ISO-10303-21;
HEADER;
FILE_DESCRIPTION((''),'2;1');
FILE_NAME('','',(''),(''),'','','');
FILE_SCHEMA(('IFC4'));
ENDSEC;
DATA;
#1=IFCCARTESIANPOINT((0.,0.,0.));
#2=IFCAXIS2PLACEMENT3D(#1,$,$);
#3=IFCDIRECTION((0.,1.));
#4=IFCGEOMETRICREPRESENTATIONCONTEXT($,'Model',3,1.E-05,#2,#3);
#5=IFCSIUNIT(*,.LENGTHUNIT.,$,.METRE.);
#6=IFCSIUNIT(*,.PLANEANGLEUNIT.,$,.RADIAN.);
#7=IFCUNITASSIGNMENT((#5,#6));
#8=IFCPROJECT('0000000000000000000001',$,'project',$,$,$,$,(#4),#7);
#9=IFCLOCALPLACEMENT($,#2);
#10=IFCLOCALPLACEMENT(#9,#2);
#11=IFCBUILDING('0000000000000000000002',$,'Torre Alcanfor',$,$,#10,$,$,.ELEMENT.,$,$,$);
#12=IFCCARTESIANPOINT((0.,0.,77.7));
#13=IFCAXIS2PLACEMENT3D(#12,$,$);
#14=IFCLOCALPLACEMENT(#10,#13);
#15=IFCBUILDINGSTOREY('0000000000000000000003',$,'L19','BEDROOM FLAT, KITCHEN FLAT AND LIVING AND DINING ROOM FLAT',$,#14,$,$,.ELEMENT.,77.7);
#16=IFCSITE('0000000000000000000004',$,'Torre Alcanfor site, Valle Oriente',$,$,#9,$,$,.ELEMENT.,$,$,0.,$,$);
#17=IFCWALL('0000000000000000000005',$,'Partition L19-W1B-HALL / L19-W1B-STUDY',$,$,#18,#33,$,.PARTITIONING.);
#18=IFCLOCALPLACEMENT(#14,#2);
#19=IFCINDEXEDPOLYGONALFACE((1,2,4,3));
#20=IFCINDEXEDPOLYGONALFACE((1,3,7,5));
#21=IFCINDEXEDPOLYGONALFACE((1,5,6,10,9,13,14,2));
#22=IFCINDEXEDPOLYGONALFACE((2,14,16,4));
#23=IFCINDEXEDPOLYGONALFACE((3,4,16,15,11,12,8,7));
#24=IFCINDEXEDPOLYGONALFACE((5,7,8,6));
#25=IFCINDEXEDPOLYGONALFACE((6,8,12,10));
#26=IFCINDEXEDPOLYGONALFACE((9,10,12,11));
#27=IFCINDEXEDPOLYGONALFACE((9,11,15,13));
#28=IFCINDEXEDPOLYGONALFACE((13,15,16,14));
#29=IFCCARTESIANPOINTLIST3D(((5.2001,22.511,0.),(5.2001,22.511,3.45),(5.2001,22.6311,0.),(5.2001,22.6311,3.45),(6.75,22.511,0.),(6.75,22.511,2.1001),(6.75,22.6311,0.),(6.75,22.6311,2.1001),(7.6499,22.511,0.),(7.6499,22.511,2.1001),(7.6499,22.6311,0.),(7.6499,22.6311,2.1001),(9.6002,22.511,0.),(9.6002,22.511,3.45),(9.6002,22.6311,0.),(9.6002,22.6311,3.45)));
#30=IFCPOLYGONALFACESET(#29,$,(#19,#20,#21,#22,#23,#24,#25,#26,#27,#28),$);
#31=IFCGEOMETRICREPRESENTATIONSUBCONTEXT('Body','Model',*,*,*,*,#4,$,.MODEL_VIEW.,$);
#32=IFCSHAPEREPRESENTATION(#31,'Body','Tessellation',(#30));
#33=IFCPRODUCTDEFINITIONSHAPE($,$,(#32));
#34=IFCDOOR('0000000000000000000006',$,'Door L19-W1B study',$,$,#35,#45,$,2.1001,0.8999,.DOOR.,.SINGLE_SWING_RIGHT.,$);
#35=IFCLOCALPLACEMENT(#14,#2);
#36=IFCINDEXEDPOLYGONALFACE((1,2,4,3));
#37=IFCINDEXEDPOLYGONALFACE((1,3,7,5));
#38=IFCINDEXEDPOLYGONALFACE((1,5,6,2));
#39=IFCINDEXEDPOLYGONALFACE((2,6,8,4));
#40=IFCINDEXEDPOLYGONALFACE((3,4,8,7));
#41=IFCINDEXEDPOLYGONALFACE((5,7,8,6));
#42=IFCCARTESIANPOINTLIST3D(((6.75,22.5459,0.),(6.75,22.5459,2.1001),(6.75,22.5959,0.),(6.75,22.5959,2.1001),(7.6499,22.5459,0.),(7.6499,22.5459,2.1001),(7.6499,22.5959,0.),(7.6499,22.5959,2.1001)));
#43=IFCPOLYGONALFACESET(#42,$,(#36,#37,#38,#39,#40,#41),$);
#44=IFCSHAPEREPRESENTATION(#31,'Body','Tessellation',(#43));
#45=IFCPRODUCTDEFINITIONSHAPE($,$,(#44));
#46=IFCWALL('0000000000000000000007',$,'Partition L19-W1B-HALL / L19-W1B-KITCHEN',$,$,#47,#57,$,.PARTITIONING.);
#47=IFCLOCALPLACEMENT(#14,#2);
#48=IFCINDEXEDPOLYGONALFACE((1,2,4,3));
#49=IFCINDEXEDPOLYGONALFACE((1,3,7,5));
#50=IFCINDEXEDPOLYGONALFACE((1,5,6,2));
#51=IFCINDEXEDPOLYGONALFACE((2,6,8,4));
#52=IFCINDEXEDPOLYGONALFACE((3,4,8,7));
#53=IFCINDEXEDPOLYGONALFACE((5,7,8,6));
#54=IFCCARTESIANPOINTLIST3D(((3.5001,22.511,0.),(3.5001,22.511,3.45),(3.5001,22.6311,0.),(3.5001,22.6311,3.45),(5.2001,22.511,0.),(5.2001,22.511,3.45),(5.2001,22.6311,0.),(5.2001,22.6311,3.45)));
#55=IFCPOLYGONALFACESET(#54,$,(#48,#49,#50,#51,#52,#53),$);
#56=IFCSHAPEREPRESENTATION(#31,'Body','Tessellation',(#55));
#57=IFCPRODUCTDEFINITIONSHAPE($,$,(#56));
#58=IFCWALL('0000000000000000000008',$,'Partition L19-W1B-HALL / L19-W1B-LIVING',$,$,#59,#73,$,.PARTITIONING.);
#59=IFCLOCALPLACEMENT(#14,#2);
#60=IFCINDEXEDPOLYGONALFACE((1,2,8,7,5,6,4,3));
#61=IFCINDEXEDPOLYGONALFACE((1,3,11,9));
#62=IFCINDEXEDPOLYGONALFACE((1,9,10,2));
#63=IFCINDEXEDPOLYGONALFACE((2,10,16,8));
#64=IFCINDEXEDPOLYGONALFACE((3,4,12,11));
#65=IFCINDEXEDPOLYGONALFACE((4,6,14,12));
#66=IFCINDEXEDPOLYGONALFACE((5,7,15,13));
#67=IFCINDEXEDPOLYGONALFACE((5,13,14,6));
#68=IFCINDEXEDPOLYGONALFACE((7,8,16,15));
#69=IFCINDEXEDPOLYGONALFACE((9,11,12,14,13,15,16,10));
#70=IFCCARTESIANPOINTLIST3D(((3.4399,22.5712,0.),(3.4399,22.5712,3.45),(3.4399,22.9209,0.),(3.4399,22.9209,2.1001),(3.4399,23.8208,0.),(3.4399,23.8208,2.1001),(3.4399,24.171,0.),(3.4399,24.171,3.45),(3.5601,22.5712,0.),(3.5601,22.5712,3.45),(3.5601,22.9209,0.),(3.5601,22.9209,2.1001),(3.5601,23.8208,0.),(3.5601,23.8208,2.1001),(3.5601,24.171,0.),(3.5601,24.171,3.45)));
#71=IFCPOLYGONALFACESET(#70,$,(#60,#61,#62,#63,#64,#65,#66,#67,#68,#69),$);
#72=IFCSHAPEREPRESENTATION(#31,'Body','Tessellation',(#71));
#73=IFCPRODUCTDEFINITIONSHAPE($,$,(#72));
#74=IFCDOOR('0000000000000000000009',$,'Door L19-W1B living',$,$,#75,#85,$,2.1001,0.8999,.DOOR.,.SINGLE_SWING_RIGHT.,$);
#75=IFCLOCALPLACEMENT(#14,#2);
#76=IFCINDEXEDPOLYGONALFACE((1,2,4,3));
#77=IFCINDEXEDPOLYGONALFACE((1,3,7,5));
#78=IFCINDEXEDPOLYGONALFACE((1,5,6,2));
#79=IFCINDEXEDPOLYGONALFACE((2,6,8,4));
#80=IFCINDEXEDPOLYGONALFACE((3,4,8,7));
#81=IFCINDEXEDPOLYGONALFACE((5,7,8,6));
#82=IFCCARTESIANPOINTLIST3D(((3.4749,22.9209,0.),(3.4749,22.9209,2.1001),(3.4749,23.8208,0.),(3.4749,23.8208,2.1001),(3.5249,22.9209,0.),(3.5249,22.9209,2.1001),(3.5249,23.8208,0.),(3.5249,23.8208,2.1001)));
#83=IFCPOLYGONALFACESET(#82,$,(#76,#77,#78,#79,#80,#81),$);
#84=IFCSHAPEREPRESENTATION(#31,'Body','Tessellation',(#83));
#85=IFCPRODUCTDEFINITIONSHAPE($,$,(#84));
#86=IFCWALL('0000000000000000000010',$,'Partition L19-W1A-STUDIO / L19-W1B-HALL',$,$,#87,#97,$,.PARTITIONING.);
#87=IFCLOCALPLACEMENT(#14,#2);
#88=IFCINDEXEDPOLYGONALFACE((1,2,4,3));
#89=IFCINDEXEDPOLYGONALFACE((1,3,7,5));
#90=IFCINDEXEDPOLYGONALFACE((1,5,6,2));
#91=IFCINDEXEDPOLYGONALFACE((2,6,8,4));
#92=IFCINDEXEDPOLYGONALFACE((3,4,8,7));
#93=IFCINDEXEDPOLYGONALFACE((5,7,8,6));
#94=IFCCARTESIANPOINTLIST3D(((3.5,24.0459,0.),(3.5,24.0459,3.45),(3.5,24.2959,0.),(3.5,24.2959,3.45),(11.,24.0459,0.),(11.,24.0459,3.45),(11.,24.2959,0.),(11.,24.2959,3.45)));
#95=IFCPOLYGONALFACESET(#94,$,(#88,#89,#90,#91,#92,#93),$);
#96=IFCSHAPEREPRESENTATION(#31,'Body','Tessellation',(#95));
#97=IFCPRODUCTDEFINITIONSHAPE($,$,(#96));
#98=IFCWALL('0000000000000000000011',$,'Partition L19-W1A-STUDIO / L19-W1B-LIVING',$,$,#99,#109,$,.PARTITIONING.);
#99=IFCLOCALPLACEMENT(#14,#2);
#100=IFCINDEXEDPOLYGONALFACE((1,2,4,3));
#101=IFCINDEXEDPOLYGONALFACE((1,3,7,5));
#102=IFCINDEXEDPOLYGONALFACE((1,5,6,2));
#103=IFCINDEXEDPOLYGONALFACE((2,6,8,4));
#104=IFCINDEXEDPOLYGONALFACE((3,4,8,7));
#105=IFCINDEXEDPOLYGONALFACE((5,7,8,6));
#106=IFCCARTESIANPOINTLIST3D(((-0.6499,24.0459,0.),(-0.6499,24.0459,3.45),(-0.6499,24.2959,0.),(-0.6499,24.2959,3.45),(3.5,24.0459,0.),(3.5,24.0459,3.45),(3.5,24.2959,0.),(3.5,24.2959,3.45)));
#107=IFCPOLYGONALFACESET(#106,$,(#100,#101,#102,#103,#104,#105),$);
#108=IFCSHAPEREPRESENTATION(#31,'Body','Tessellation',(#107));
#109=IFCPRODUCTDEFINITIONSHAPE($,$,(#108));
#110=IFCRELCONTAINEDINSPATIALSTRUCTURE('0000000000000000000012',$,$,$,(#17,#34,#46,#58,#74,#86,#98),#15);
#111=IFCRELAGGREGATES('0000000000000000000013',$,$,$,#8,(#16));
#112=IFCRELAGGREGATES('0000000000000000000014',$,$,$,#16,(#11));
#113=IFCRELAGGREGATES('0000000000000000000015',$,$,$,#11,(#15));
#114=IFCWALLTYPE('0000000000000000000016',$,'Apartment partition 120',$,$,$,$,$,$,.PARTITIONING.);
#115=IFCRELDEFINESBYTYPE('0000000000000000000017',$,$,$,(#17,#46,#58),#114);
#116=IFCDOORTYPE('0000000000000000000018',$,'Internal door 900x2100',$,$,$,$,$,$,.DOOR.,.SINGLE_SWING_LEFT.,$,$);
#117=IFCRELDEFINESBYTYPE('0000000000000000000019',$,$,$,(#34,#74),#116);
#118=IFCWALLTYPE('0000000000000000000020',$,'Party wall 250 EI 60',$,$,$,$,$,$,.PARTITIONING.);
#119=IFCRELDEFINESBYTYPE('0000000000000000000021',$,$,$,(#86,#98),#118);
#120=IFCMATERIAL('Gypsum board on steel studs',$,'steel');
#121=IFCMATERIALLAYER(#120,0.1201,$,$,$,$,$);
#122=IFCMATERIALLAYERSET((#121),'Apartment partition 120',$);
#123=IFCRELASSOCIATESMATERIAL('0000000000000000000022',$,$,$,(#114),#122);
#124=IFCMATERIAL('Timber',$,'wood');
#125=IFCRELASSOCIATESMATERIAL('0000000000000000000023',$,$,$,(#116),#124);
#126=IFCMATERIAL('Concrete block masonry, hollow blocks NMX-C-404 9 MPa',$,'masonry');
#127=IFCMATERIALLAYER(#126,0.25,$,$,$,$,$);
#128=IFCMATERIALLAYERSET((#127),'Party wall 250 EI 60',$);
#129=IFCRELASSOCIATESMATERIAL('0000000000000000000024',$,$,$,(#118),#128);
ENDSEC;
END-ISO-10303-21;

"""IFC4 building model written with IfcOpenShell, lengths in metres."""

from ifc_helpers import new_model, si_unit, direction, frame, frame_2d, origin, place, context, subcontext, project, spatial, rectangle, extrude, material, layer, layer_set, type_object, element, fill, save


model = new_model("IFC4")

# Units and contexts
model_context = context("Model", 3, precision=1e-05, world=origin(), true_north=direction((0.0, 1.0)))
body_context = subcontext(model_context, "Body", "Model", "MODEL_VIEW")
ifc_project = project(units=[si_unit("LENGTHUNIT", "METRE"), si_unit("PLANEANGLEUNIT", "RADIAN")], contexts=[model_context])

# Site, building, storey
site_placement = place(None, origin())
site = spatial("IfcSite", under=ifc_project, at=site_placement, Name="Torre Alcanfor site, Valle Oriente", CompositionType="ELEMENT", RefElevation=0.0)
building_placement = place(site_placement, origin())
building = spatial("IfcBuilding", under=site, at=building_placement, Name="Torre Alcanfor", CompositionType="ELEMENT")
storey_placement = place(building_placement, frame((0.0, 0.0, 77.7)))
storey = spatial("IfcBuildingStorey", under=building, at=storey_placement, Name="L19", Description="BEDROOM FLAT, KITCHEN FLAT AND LIVING AND DINING ROOM FLAT", CompositionType="ELEMENT", Elevation=77.7)

# Wall, opening, door
ifc_material_1 = material(Name="Gypsum board on steel studs", Category="steel")
ifc_layer_1 = layer(ifc_material_1, 0.1201)
ifc_layer_set_1 = layer_set([ifc_layer_1], Name="Apartment partition 120")
wall_type_1 = type_object("IfcWallType", Name="Apartment partition 120", PredefinedType="PARTITIONING", material=ifc_layer_set_1)
wall_1_placement = place(storey_placement, frame((5.2, 22.571, 0.0), z_axis=(0.0, 0.0, 1.0), x_axis=(1.0, 0.0, 0.0)))
wall_1 = element("IfcWall", 1, at=wall_1_placement, inside=storey, type_object=wall_type_1, Name="Partition L19-W1B-HALL / L19-W1B-STUDY", PredefinedType="PARTITIONING", context=body_context, shape_type="SweptSolid", body=[
    extrude(rectangle(XDim=4.4001, YDim=0.1201, at=frame_2d((2.2002, 0.0))), origin(), (0.0, 0.0, 1.0), 3.45),
])
opening_1_placement = place(wall_1_placement, frame((1.55, 0.0, 0.0)))
opening_1 = element("IfcOpeningElement", 2, at=opening_1_placement, cuts=wall_1, PredefinedType="OPENING", context=body_context, shape_type="SweptSolid", body=[
    extrude(rectangle(XDim=0.8999, YDim=2.1001, at=frame_2d((0.45, 1.05))), frame((0.0, 0.0701, 0.0), z_axis=(0.0, -1.0, 0.0), x_axis=(1.0, 0.0, 0.0)), (0.0, 0.0, 1.0), 0.1401),
])
ifc_material_2 = material(Name="Timber", Category="wood")
door_type = type_object("IfcDoorType", Name="Internal door 900x2100", OperationType="SINGLE_SWING_LEFT", PredefinedType="DOOR", material=ifc_material_2)
door_1_placement = place(opening_1_placement, frame((0.8999, 0.0, 0.0), z_axis=(0.0, 0.0, 1.0), x_axis=(-1.0, 0.0, 0.0)))
door_1 = element("IfcDoor", 3, at=door_1_placement, inside=storey, type_object=door_type, Name="Door L19-W1B study", OperationType="SINGLE_SWING_RIGHT", OverallHeight=2.1001, OverallWidth=0.8999, PredefinedType="DOOR", context=body_context, shape_type="SweptSolid", body=[
    extrude(rectangle(XDim=0.8999, YDim=2.1001, at=frame_2d((0.45, 1.05))), frame((0.0, 0.0251, 0.0), z_axis=(0.0, -1.0, 0.0), x_axis=(1.0, 0.0, 0.0)), (0.0, 0.0, 1.0), 0.05),
])
fill(opening_1, door_1)

# Wall
wall_2_placement = place(storey_placement, frame((3.5, 22.571, 0.0), z_axis=(0.0, 0.0, 1.0), x_axis=(1.0, 0.0, 0.0)))
element("IfcWall", 4, at=wall_2_placement, inside=storey, type_object=wall_type_1, Name="Partition L19-W1B-HALL / L19-W1B-KITCHEN", PredefinedType="PARTITIONING", context=body_context, shape_type="SweptSolid", body=[
    extrude(rectangle(XDim=1.7, YDim=0.1201, at=frame_2d((0.8501, 0.0))), origin(), (0.0, 0.0, 1.0), 3.45),
])

# Wall, opening, door
wall_3_placement = place(storey_placement, frame((3.5, 24.1709, 0.0), z_axis=(0.0, 0.0, 1.0), x_axis=(0.0, -1.0, 0.0)))
wall_3 = element("IfcWall", 5, at=wall_3_placement, inside=storey, type_object=wall_type_1, Name="Partition L19-W1B-HALL / L19-W1B-LIVING", PredefinedType="PARTITIONING", context=body_context, shape_type="SweptSolid", body=[
    extrude(rectangle(XDim=1.5999, YDim=0.1201, at=frame_2d((0.7998, 0.0))), origin(), (0.0, 0.0, 1.0), 3.45),
])
opening_2_placement = place(wall_3_placement, frame((0.3501, 0.0, 0.0)))
opening_2 = element("IfcOpeningElement", 6, at=opening_2_placement, cuts=wall_3, PredefinedType="OPENING", context=body_context, shape_type="SweptSolid", body=[
    extrude(rectangle(XDim=0.8999, YDim=2.1001, at=frame_2d((0.45, 1.05))), frame((0.0, 0.0701, 0.0), z_axis=(0.0, -1.0, 0.0), x_axis=(1.0, 0.0, 0.0)), (0.0, 0.0, 1.0), 0.1401),
])
door_2_placement = place(opening_2_placement, frame((0.8999, 0.0, 0.0), z_axis=(0.0, 0.0, 1.0), x_axis=(-1.0, 0.0, 0.0)))
door_2 = element("IfcDoor", 7, at=door_2_placement, inside=storey, type_object=door_type, Name="Door L19-W1B living", OperationType="SINGLE_SWING_RIGHT", OverallHeight=2.1001, OverallWidth=0.8999, PredefinedType="DOOR", context=body_context, shape_type="SweptSolid", body=[
    extrude(rectangle(XDim=0.8999, YDim=2.1001, at=frame_2d((0.45, 1.05))), frame((0.0, 0.0251, 0.0), z_axis=(0.0, -1.0, 0.0), x_axis=(1.0, 0.0, 0.0)), (0.0, 0.0, 1.0), 0.05),
])
fill(opening_2, door_2)

# Walls
ifc_material_3 = material(Name="Concrete block masonry, hollow blocks NMX-C-404 9 MPa", Category="masonry")
ifc_layer_2 = layer(ifc_material_3, 0.25)
ifc_layer_set_2 = layer_set([ifc_layer_2], Name="Party wall 250 EI 60")
wall_type_2 = type_object("IfcWallType", Name="Party wall 250 EI 60", PredefinedType="PARTITIONING", material=ifc_layer_set_2)
wall_4_placement = place(storey_placement, frame((3.5, 24.1709, 0.0), z_axis=(0.0, 0.0, 1.0), x_axis=(1.0, 0.0, 0.0)))
element("IfcWall", 8, at=wall_4_placement, inside=storey, type_object=wall_type_2, Name="Partition L19-W1A-STUDIO / L19-W1B-HALL", PredefinedType="PARTITIONING", context=body_context, shape_type="SweptSolid", body=[
    extrude(rectangle(XDim=7.5, YDim=0.25, at=frame_2d((3.75, 0.0))), origin(), (0.0, 0.0, 1.0), 3.45),
])
wall_5_placement = place(storey_placement, frame((-0.6499, 24.1709, 0.0), z_axis=(0.0, 0.0, 1.0), x_axis=(1.0, 0.0, 0.0)))
element("IfcWall", 9, at=wall_5_placement, inside=storey, type_object=wall_type_2, Name="Partition L19-W1A-STUDIO / L19-W1B-LIVING", PredefinedType="PARTITIONING", context=body_context, shape_type="SweptSolid", body=[
    extrude(rectangle(XDim=4.1499, YDim=0.25, at=frame_2d((2.075, 0.0))), origin(), (0.0, 0.0, 1.0), 3.45),
])

save(model, "model.ifc")
